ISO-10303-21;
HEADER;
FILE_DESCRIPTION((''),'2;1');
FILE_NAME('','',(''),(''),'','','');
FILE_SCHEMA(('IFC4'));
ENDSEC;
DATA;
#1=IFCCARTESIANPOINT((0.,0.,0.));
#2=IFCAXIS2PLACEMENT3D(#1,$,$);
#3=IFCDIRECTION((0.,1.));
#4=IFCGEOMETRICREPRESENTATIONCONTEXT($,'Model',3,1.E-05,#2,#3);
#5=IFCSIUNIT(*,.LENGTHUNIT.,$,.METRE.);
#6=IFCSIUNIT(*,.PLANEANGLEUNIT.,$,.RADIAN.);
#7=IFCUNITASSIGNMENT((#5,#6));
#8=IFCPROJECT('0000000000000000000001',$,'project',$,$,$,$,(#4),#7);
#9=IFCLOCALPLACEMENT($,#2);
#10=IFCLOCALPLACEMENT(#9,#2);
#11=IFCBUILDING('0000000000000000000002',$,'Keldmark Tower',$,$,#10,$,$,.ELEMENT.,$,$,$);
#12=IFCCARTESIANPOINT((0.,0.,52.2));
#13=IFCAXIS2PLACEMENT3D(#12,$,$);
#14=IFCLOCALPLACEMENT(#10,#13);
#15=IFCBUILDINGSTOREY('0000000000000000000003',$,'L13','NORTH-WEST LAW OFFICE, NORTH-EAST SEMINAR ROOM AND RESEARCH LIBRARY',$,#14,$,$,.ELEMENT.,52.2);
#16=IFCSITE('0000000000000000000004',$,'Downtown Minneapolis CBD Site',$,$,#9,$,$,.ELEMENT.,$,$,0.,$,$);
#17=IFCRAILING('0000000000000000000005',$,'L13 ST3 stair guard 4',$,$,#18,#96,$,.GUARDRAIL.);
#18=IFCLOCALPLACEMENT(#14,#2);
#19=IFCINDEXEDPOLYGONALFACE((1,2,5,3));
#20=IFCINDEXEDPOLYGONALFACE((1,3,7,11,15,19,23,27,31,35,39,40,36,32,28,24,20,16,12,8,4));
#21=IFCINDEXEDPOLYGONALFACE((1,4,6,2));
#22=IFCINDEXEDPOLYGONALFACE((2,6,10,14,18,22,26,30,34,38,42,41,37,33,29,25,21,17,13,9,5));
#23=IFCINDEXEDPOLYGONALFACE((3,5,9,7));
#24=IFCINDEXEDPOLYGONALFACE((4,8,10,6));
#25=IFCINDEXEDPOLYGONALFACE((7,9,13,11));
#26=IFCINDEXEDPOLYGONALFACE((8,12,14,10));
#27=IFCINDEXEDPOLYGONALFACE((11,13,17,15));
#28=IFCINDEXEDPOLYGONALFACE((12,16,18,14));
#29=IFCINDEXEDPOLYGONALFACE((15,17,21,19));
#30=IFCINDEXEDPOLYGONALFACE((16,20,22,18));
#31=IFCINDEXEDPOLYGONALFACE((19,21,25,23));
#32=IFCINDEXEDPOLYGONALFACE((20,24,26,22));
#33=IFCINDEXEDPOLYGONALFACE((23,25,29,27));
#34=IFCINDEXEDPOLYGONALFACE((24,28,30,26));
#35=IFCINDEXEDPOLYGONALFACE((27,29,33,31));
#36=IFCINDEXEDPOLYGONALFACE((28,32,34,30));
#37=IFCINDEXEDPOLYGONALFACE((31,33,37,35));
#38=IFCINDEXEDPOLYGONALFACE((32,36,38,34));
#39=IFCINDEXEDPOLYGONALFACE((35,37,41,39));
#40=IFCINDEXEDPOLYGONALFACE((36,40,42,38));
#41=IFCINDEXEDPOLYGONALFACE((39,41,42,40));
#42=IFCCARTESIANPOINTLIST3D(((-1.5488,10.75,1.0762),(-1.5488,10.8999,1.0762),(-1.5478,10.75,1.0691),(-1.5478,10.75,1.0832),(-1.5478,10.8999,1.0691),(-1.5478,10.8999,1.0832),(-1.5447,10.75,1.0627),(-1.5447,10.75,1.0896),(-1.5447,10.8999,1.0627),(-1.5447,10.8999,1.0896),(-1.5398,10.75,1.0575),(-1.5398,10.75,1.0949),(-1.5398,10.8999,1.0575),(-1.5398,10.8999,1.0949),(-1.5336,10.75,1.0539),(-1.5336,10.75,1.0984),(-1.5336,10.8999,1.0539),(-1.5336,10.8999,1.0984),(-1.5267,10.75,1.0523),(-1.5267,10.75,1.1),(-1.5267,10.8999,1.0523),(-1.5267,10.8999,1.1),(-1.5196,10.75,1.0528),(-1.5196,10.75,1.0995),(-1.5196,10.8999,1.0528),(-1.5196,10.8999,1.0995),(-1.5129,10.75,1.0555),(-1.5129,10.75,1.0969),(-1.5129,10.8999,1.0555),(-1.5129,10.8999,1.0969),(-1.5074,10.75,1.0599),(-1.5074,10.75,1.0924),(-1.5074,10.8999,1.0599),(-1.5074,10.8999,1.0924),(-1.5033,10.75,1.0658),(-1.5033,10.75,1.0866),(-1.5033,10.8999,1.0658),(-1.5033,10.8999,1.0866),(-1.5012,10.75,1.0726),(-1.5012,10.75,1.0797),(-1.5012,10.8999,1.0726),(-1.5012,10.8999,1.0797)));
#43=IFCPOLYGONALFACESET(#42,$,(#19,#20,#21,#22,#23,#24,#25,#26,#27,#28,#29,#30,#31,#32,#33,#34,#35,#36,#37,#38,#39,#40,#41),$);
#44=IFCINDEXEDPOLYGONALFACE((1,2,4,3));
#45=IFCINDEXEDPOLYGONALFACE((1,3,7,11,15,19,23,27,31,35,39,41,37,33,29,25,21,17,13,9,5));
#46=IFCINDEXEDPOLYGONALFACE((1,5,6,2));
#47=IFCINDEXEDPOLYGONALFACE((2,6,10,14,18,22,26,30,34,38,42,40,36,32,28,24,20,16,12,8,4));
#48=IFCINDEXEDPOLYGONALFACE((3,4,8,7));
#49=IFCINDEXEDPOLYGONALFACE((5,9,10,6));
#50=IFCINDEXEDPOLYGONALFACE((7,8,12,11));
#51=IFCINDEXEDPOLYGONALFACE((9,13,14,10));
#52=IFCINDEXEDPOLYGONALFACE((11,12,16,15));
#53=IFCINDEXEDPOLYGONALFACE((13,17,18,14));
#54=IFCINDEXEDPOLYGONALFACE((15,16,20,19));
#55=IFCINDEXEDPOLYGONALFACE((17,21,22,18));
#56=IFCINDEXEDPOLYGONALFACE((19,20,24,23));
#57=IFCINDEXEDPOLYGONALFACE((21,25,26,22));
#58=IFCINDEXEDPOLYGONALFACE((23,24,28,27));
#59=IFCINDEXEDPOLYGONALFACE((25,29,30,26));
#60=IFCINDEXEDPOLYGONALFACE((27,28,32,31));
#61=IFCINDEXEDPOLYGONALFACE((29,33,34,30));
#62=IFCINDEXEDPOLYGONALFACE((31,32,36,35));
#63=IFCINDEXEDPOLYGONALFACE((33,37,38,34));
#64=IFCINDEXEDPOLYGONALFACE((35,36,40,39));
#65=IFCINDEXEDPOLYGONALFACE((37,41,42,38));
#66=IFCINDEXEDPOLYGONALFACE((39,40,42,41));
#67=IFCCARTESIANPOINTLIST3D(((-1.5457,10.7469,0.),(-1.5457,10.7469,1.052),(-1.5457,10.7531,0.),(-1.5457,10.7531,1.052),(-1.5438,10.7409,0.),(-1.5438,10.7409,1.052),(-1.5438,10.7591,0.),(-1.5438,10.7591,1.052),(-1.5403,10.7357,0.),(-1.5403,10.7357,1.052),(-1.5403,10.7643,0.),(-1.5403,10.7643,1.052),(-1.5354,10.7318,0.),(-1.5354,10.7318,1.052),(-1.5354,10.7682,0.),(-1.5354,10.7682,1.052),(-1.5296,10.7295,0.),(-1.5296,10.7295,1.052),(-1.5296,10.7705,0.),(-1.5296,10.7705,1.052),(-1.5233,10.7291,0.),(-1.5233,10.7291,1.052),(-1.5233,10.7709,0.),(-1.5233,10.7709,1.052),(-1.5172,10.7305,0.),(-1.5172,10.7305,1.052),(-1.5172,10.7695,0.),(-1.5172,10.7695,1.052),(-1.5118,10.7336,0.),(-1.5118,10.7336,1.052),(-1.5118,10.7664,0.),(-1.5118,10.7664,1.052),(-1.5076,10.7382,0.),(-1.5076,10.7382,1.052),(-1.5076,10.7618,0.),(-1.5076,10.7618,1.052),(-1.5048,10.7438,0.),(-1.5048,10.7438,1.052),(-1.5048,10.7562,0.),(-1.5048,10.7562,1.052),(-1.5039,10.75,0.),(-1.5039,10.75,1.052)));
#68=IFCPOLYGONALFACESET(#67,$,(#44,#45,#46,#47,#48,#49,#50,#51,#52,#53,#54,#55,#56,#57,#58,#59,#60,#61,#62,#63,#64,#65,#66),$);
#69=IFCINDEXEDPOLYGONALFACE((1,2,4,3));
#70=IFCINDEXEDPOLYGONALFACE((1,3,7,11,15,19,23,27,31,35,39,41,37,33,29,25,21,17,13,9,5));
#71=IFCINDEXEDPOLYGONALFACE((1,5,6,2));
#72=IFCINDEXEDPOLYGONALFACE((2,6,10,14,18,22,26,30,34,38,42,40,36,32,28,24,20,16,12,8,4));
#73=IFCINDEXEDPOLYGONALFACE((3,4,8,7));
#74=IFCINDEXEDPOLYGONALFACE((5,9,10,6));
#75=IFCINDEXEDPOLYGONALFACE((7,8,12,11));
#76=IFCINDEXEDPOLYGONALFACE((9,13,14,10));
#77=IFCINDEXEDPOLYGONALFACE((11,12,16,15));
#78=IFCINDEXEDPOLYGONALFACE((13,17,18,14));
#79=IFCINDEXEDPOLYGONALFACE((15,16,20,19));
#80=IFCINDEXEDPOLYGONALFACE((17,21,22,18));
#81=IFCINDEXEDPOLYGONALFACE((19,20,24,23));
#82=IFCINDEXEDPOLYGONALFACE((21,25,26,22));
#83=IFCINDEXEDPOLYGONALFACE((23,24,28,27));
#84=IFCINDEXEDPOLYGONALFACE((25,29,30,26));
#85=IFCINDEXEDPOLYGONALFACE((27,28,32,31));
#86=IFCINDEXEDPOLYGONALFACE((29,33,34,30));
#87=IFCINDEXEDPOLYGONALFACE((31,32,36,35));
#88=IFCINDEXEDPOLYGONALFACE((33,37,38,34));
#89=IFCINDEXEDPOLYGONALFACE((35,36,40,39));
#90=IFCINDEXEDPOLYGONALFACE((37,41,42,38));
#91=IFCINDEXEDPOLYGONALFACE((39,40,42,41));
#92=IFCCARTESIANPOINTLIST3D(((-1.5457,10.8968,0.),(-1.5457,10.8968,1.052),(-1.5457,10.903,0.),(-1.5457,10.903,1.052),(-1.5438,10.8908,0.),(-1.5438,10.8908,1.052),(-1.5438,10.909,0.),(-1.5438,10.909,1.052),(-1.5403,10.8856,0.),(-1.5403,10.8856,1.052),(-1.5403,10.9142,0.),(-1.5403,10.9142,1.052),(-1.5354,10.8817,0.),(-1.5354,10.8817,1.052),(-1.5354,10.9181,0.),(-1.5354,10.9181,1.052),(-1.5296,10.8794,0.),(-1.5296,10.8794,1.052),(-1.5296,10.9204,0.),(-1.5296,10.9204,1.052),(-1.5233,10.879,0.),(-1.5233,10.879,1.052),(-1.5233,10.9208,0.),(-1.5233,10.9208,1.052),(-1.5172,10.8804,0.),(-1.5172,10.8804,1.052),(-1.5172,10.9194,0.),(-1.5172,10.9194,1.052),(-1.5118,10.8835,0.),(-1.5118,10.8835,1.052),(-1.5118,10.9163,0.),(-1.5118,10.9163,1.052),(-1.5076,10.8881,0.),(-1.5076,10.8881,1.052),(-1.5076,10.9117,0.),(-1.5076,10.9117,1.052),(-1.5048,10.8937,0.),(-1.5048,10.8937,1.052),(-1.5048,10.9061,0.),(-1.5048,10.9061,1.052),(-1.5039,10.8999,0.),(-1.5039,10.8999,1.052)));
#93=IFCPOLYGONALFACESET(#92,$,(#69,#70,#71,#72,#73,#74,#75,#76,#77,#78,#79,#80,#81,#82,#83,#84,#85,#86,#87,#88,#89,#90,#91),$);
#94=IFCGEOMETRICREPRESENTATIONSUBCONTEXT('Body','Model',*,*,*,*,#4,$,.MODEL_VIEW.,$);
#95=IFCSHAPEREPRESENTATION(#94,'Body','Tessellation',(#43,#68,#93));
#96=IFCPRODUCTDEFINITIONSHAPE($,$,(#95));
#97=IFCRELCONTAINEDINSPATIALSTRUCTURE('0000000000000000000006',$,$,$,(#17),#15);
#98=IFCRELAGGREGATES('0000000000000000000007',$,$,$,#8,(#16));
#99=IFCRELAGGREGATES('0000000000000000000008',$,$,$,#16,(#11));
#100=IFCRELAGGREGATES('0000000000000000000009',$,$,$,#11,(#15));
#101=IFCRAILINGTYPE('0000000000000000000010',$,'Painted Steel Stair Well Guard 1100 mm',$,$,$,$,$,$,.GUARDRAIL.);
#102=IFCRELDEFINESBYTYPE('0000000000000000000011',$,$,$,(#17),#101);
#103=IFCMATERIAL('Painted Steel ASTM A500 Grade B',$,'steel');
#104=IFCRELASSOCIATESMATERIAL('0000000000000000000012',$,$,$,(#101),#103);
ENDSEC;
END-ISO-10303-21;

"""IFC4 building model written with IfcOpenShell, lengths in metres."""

from ifc_helpers import new_model, si_unit, direction, frame, origin, origin_2d, place, context, subcontext, project, spatial, circle, extrude, material, type_object, element, save


model = new_model("IFC4")

# Units and contexts
model_context = context("Model", 3, precision=1e-05, world=origin(), true_north=direction((0.0, 1.0)))
body_context = subcontext(model_context, "Body", "Model", "MODEL_VIEW")
ifc_project = project(units=[si_unit("LENGTHUNIT", "METRE"), si_unit("PLANEANGLEUNIT", "RADIAN")], contexts=[model_context])

# Site, building, storey
site_placement = place(None, origin())
site = spatial("IfcSite", under=ifc_project, at=site_placement, Name="Downtown Minneapolis CBD Site", CompositionType="ELEMENT", RefElevation=0.0)
building_placement = place(site_placement, origin())
building = spatial("IfcBuilding", under=site, at=building_placement, Name="Keldmark Tower", CompositionType="ELEMENT")
storey_placement = place(building_placement, frame((0.0, 0.0, 52.2)))
storey = spatial("IfcBuildingStorey", under=building, at=storey_placement, Name="L13", Description="NORTH-WEST LAW OFFICE, NORTH-EAST SEMINAR ROOM AND RESEARCH LIBRARY", CompositionType="ELEMENT", Elevation=52.2)

# Railing
ifc_material_1 = material(Name="Painted Steel ASTM A500 Grade B", Category="steel")
railing_type = type_object("IfcRailingType", Name="Painted Steel Stair Well Guard 1100 mm", PredefinedType="GUARDRAIL", material=ifc_material_1)
railing_1_placement = place(storey_placement, frame((-1.5249, 10.75, 0.0)))
element("IfcRailing", 1, at=railing_1_placement, inside=storey, type_object=railing_type, Name="L13 ST3 stair guard 4", PredefinedType="GUARDRAIL", context=body_context, shape_type="SweptSolid", body=[
    extrude(circle(Radius=0.0239, at=origin_2d()), frame((0.0, 0.0, 1.0762), z_axis=(0.0, 1.0, 0.0), x_axis=(-1.0, 0.0, 0.0)), (0.0, 0.0, 1.0), 0.1499),
    extrude(circle(Radius=0.021, at=origin_2d()), origin(), (0.0, 0.0, 1.0), 1.052),
    extrude(circle(Radius=0.021, at=origin_2d()), frame((0.0, 0.1499, 0.0)), (0.0, 0.0, 1.0), 1.052),
])

save(model, "model.ifc")
